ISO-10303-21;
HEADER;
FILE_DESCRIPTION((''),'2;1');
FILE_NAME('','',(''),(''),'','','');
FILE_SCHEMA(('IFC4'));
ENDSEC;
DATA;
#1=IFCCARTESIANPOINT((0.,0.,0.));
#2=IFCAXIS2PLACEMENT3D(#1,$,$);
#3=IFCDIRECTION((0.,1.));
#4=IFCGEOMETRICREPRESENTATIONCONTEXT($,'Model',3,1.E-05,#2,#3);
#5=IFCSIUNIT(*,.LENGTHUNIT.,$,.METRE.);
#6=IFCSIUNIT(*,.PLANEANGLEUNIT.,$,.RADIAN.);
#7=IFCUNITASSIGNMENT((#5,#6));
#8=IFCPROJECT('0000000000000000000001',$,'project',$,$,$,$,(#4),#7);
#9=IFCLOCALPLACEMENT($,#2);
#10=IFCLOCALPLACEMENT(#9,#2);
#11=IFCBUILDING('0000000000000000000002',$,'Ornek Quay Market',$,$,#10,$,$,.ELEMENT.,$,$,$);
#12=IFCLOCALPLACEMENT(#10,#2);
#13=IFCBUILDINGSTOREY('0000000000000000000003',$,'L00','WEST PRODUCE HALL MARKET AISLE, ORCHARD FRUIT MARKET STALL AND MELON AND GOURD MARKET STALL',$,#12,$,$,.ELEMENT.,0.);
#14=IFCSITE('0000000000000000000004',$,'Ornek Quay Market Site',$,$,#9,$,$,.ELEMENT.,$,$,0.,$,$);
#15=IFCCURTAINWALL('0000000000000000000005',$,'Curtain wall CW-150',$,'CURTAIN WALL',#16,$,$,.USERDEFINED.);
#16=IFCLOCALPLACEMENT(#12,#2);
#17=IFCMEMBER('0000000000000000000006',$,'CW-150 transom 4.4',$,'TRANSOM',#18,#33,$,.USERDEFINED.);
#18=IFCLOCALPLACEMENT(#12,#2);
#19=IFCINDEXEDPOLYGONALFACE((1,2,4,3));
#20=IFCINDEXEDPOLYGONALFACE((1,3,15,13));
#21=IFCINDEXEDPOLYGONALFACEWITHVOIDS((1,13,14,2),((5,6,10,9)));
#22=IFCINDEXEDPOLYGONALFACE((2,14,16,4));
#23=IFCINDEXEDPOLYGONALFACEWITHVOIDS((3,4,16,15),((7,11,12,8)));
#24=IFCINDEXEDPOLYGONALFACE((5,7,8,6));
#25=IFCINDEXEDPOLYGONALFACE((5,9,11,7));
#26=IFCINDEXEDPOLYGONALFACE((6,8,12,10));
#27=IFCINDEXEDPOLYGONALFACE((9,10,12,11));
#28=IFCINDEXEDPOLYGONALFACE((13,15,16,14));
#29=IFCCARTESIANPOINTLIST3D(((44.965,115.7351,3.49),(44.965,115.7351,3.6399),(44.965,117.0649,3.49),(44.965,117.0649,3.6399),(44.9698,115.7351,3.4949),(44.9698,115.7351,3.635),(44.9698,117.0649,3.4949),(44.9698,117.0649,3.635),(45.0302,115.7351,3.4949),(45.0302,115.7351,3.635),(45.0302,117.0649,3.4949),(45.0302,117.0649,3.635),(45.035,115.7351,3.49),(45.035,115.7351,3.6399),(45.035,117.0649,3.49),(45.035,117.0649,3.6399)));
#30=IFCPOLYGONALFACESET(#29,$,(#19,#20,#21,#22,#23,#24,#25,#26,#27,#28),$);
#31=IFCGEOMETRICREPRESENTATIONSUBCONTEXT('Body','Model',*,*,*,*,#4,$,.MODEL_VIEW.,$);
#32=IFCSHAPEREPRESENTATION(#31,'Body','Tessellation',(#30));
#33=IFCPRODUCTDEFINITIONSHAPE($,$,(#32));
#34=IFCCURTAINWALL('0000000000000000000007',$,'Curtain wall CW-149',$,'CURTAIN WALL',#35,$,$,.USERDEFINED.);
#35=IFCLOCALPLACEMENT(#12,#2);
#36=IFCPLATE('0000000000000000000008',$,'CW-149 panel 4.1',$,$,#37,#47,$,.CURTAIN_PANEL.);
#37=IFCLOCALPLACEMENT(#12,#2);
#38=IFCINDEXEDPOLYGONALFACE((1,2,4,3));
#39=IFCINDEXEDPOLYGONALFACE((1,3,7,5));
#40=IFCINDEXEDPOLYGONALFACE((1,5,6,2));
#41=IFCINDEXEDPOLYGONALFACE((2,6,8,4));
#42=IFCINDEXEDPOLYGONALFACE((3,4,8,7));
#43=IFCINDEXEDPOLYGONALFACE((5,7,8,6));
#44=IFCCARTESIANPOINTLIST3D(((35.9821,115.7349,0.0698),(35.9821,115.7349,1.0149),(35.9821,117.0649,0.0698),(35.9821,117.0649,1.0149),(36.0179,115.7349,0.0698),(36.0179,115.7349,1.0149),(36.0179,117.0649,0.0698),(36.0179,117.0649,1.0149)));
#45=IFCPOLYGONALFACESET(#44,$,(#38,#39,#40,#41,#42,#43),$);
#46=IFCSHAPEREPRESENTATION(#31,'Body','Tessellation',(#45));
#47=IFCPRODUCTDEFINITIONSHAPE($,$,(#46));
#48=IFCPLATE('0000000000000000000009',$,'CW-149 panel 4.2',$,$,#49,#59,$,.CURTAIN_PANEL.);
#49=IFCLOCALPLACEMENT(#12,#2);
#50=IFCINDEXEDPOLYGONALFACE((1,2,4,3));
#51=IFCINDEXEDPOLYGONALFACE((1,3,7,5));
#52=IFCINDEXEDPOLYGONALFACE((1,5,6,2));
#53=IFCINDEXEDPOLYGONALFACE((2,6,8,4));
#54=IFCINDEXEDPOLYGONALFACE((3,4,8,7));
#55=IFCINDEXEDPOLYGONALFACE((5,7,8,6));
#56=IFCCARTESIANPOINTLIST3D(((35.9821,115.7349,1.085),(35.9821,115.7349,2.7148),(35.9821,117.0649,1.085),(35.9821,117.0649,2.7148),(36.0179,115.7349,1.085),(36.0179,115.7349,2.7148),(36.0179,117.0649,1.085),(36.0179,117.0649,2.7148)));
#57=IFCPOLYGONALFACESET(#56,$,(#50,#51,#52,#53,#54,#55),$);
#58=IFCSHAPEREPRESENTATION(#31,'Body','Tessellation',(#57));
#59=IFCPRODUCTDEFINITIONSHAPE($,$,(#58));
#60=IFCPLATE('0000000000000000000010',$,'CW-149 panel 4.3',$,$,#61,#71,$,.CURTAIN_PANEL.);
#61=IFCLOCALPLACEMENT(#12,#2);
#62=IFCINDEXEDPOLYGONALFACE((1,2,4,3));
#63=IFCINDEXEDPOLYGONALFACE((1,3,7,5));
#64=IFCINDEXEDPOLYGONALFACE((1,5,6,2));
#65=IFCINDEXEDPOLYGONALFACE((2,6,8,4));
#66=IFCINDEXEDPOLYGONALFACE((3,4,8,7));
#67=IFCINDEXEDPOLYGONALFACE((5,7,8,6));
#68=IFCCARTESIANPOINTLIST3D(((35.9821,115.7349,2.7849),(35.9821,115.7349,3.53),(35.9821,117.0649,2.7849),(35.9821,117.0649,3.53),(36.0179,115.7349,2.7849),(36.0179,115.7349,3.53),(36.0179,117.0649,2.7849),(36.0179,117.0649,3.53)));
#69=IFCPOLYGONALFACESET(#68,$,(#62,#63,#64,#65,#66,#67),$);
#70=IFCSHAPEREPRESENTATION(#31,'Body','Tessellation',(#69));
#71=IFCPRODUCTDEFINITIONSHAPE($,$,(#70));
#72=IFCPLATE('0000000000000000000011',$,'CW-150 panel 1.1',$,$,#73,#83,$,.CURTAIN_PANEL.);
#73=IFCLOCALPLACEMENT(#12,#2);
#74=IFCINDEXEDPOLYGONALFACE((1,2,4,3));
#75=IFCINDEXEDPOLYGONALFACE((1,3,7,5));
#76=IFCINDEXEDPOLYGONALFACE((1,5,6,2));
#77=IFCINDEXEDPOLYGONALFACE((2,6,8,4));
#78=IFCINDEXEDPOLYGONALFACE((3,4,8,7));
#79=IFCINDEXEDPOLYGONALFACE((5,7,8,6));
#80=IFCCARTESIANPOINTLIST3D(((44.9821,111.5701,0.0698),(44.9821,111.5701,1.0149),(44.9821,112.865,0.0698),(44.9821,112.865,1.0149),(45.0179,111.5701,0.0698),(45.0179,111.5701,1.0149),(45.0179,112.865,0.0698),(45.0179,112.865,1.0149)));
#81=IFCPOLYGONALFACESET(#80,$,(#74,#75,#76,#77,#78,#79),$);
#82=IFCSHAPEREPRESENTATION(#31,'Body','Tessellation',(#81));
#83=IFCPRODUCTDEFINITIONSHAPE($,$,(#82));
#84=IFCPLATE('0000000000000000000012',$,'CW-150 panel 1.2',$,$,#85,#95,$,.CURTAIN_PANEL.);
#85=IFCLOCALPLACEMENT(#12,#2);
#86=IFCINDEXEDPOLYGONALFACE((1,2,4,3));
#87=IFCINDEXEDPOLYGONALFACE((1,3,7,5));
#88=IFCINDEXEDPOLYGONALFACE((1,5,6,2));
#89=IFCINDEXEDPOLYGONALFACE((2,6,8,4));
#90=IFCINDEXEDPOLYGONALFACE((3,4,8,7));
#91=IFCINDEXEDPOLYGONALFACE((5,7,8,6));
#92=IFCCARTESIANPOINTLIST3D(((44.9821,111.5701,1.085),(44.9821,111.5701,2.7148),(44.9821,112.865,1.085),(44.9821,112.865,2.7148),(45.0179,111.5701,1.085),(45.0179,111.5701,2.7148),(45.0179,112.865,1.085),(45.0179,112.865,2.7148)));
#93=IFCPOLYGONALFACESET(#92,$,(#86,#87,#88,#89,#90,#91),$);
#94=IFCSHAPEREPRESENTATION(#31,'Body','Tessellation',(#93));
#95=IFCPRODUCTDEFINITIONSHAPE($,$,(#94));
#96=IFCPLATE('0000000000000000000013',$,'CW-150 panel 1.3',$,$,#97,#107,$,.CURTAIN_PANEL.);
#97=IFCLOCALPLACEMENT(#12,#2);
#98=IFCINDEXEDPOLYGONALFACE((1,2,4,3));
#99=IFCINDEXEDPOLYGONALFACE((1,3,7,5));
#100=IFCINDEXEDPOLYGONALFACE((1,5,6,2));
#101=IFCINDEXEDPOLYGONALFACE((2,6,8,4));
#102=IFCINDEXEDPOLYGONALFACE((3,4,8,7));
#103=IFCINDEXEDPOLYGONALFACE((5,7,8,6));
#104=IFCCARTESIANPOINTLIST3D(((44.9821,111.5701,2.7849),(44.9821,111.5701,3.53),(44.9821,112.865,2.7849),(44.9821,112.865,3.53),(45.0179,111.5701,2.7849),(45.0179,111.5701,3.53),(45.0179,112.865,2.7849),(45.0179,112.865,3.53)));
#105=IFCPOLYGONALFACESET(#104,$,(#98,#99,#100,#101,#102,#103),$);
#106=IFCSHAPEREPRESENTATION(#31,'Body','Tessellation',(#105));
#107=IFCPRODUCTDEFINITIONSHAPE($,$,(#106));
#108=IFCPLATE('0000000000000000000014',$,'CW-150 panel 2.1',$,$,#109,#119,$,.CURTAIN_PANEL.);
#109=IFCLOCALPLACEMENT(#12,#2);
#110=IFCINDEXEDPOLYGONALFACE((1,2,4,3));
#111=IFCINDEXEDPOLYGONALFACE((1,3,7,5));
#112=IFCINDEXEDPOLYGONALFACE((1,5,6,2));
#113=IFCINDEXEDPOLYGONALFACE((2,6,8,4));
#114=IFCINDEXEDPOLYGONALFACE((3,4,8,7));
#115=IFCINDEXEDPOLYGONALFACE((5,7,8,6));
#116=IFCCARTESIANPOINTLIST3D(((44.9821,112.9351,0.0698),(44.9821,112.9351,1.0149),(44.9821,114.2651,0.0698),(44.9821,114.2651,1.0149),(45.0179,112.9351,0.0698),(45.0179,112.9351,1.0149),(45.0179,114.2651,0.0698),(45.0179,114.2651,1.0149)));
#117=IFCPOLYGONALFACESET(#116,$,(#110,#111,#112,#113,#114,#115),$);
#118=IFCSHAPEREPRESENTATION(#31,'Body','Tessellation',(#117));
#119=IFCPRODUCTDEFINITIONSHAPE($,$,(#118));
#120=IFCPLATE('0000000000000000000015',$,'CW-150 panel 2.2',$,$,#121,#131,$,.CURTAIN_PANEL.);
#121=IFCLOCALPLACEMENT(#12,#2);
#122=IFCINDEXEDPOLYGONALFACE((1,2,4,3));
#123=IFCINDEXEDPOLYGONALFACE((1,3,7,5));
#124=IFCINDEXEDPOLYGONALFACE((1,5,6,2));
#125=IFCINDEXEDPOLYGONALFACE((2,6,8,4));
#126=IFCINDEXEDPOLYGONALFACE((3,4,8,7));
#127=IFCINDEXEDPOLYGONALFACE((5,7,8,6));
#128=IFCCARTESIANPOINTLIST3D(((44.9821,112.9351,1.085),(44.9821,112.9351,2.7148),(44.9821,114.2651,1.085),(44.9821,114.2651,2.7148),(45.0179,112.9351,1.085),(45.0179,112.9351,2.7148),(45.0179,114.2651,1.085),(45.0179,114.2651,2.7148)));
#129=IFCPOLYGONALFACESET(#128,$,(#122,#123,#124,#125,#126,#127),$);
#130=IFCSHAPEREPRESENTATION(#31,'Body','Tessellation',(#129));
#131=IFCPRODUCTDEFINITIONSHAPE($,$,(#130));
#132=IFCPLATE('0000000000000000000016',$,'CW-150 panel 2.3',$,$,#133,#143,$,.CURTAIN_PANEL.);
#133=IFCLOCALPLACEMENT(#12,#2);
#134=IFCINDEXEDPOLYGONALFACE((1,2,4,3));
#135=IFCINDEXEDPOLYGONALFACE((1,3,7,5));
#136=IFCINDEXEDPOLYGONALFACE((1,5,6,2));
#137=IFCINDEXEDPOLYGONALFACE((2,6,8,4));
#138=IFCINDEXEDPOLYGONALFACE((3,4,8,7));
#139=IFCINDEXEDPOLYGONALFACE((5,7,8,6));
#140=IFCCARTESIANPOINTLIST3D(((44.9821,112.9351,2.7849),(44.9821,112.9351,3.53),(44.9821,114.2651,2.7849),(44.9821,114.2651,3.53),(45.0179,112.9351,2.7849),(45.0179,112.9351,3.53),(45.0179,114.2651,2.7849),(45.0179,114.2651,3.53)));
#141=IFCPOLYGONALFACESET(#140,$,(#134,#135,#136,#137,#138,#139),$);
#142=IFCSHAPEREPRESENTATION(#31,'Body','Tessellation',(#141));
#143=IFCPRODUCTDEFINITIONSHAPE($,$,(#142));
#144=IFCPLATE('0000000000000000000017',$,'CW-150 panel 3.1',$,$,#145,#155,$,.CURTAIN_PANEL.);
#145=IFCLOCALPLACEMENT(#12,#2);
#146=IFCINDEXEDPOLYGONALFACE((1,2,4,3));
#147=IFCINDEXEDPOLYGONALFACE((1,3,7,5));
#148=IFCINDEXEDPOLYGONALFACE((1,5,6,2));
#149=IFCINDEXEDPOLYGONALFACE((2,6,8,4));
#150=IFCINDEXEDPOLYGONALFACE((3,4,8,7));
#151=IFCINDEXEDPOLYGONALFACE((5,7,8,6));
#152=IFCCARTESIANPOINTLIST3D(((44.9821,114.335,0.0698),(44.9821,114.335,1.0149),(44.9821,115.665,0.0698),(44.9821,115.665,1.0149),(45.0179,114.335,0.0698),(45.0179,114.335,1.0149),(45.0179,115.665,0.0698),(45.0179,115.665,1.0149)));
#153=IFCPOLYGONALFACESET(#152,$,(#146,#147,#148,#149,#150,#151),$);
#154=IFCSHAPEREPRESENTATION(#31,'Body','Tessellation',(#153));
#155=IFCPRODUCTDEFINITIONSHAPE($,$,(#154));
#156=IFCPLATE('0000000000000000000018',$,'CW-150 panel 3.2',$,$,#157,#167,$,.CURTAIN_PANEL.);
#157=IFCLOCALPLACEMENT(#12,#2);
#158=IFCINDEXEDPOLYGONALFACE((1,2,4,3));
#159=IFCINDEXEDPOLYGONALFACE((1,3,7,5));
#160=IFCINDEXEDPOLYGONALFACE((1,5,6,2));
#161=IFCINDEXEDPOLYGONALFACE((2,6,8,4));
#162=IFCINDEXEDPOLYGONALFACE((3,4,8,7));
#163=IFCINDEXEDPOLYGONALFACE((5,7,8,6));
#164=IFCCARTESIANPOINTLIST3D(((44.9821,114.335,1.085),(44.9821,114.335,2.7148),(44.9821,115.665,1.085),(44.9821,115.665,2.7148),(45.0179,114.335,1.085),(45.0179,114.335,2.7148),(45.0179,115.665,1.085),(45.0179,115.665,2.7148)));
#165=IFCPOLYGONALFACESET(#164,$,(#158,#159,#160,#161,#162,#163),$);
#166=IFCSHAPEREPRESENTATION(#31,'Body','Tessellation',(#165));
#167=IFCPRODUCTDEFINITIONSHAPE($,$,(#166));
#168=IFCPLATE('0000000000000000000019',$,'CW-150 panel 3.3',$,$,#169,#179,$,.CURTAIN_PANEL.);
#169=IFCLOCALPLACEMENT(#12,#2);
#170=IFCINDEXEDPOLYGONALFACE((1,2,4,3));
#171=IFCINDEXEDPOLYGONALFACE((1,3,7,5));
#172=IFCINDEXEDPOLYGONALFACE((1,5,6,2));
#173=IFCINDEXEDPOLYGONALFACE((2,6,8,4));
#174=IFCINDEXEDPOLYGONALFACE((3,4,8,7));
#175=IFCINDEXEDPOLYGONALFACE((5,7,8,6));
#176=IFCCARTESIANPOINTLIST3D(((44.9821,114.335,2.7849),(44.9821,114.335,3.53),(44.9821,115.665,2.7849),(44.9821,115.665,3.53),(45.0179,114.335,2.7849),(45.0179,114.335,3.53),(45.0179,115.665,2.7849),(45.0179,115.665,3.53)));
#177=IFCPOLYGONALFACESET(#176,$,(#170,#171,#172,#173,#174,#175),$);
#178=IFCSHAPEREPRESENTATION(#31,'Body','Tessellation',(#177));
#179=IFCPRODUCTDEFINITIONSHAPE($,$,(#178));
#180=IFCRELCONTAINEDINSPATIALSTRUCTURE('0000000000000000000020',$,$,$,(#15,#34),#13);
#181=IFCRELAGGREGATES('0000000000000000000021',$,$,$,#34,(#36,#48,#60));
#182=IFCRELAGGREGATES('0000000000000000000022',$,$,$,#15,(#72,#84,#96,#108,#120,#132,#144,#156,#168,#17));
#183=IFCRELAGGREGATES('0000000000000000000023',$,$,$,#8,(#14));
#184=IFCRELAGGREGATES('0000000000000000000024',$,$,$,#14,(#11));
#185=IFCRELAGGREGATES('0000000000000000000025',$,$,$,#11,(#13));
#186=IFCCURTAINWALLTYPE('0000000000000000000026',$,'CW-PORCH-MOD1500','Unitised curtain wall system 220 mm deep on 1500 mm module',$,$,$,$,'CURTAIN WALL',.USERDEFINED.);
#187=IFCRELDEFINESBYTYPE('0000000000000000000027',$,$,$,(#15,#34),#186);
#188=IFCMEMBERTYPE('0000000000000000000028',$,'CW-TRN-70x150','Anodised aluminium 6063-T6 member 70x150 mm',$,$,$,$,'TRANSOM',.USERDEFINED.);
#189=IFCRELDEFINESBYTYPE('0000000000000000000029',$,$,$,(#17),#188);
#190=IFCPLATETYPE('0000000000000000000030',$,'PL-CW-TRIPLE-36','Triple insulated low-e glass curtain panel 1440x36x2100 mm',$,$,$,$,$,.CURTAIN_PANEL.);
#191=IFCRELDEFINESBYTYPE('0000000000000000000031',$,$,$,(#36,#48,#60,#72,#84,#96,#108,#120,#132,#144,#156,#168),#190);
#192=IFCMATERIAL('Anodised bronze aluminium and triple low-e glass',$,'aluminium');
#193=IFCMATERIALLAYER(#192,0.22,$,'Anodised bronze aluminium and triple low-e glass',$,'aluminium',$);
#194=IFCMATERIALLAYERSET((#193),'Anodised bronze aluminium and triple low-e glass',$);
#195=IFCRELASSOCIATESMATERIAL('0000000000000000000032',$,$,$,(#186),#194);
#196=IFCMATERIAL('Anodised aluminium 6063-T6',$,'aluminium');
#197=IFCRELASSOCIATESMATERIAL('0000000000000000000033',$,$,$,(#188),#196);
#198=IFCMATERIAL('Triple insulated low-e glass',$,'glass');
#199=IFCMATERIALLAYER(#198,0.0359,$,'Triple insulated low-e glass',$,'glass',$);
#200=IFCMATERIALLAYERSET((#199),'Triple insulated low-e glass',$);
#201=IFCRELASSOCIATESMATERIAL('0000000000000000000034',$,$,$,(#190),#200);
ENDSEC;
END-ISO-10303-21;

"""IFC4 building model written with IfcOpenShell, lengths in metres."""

from ifc_helpers import new_model, si_unit, direction, frame, origin, origin_2d, place, context, subcontext, project, spatial, rectangle, hollow_rectangle, extrude, material, layer, layer_set, material_profile, profile_set, type_object, element, aggregate, save


model = new_model("IFC4")

# Units and contexts
model_context = context("Model", 3, precision=1e-05, world=origin(), true_north=direction((0.0, 1.0)))
body_context = subcontext(model_context, "Body", "Model", "MODEL_VIEW")
ifc_project = project(units=[si_unit("LENGTHUNIT", "METRE"), si_unit("PLANEANGLEUNIT", "RADIAN")], contexts=[model_context])

# Site, building, storey
site_placement = place(None, origin())
site = spatial("IfcSite", under=ifc_project, at=site_placement, Name="Ornek Quay Market Site", CompositionType="ELEMENT", RefElevation=0.0)
building_placement = place(site_placement, origin())
building = spatial("IfcBuilding", under=site, at=building_placement, Name="Ornek Quay Market", CompositionType="ELEMENT")
storey_placement = place(building_placement, origin())
storey = spatial("IfcBuildingStorey", under=building, at=storey_placement, Name="L00", Description="WEST PRODUCE HALL MARKET AISLE, ORCHARD FRUIT MARKET STALL AND MELON AND GOURD MARKET STALL", CompositionType="ELEMENT", Elevation=0.0)

# Curtain wall, member
ifc_material_1 = material(Name="Anodised bronze aluminium and triple low-e glass", Category="aluminium")
ifc_layer_1 = layer(ifc_material_1, 0.22, Name="Anodised bronze aluminium and triple low-e glass", Category="aluminium")
ifc_layer_set_1 = layer_set([ifc_layer_1], Name="Anodised bronze aluminium and triple low-e glass")
curtain_wall_type = type_object("IfcCurtainWallType", Name="CW-PORCH-MOD1500", Description="Unitised curtain wall system 220 mm deep on 1500 mm module", ElementType="CURTAIN WALL", PredefinedType="USERDEFINED", material=ifc_layer_set_1)
curtain_wall_1_placement = place(storey_placement, origin())
curtain_wall_1 = element("IfcCurtainWall", 1, at=curtain_wall_1_placement, inside=storey, type_object=curtain_wall_type, Name="Curtain wall CW-150", ObjectType="CURTAIN WALL", PredefinedType="USERDEFINED")
ifc_material_2 = material(Name="Anodised aluminium 6063-T6", Category="aluminium")
ifc_material_profile_1 = material_profile(ifc_material_2, hollow_rectangle(XDim=0.0701, YDim=0.1499, WallThickness=0.0049, at=origin_2d()), Name="CW-TRN-70x150", Category="aluminium")
ifc_profile_set_1 = profile_set([ifc_material_profile_1], Name="Anodised aluminium 6063-T6")
member_type_1 = type_object("IfcMemberType", Name="CW-TRN-70x150", Description="Anodised aluminium 6063-T6 member 70x150 mm", ElementType="TRANSOM", PredefinedType="USERDEFINED", material=ifc_profile_set_1)
member_1_placement = place(storey_placement, frame((45.0, 115.7351, 3.5649), z_axis=(0.0, 1.0, 0.0), x_axis=(-1.0, 0.0, 0.0)))
member_1 = element("IfcMember", 2, at=member_1_placement, type_object=member_type_1, Name="CW-150 transom 4.4", ObjectType="TRANSOM", PredefinedType="USERDEFINED", context=body_context, shape_type="SweptSolid", body=[
    extrude(hollow_rectangle(XDim=0.0701, YDim=0.1499, WallThickness=0.0049, at=origin_2d()), origin(), (0.0, 0.0, 1.0), 1.3298),
])

# Curtain wall, plates
curtain_wall_2_placement = place(storey_placement, origin())
curtain_wall_2 = element("IfcCurtainWall", 3, at=curtain_wall_2_placement, inside=storey, type_object=curtain_wall_type, Name="Curtain wall CW-149", ObjectType="CURTAIN WALL", PredefinedType="USERDEFINED")
ifc_material_3 = material(Name="Triple insulated low-e glass", Category="glass")
ifc_layer_2 = layer(ifc_material_3, 0.0359, Name="Triple insulated low-e glass", Category="glass")
ifc_layer_set_2 = layer_set([ifc_layer_2], Name="Triple insulated low-e glass")
plate_type = type_object("IfcPlateType", Name="PL-CW-TRIPLE-36", Description="Triple insulated low-e glass curtain panel 1440x36x2100 mm", PredefinedType="CURTAIN_PANEL", material=ifc_layer_set_2)
plate_1_placement = place(storey_placement, frame((36.0, 116.3999, 0.0698), z_axis=(0.0, 0.0, 1.0), x_axis=(0.0, 1.0, 0.0)))
plate_1 = element("IfcPlate", 4, at=plate_1_placement, type_object=plate_type, Name="CW-149 panel 4.1", PredefinedType="CURTAIN_PANEL", context=body_context, shape_type="SweptSolid", body=[
    extrude(rectangle(XDim=1.3301, YDim=0.0359, at=origin_2d()), origin(), (0.0, 0.0, 1.0), 0.9451),
])
plate_2_placement = place(storey_placement, frame((36.0, 116.3999, 1.085), z_axis=(0.0, 0.0, 1.0), x_axis=(0.0, 1.0, 0.0)))
plate_2 = element("IfcPlate", 5, at=plate_2_placement, type_object=plate_type, Name="CW-149 panel 4.2", PredefinedType="CURTAIN_PANEL", context=body_context, shape_type="SweptSolid", body=[
    extrude(rectangle(XDim=1.3301, YDim=0.0359, at=origin_2d()), origin(), (0.0, 0.0, 1.0), 1.6299),
])
plate_3_placement = place(storey_placement, frame((36.0, 116.3999, 2.7849), z_axis=(0.0, 0.0, 1.0), x_axis=(0.0, 1.0, 0.0)))
plate_3 = element("IfcPlate", 6, at=plate_3_placement, type_object=plate_type, Name="CW-149 panel 4.3", PredefinedType="CURTAIN_PANEL", context=body_context, shape_type="SweptSolid", body=[
    extrude(rectangle(XDim=1.3301, YDim=0.0359, at=origin_2d()), origin(), (0.0, 0.0, 1.0), 0.7451),
])
aggregate(curtain_wall_2, [plate_1, plate_2, plate_3])

# Plates
plate_4_placement = place(storey_placement, frame((45.0, 112.2175, 0.0698), z_axis=(0.0, 0.0, 1.0), x_axis=(0.0, 1.0, 0.0)))
plate_4 = element("IfcPlate", 7, at=plate_4_placement, type_object=plate_type, Name="CW-150 panel 1.1", PredefinedType="CURTAIN_PANEL", context=body_context, shape_type="SweptSolid", body=[
    extrude(rectangle(XDim=1.2949, YDim=0.0359, at=origin_2d()), origin(), (0.0, 0.0, 1.0), 0.9451),
])
plate_5_placement = place(storey_placement, frame((45.0, 112.2175, 1.085), z_axis=(0.0, 0.0, 1.0), x_axis=(0.0, 1.0, 0.0)))
plate_5 = element("IfcPlate", 8, at=plate_5_placement, type_object=plate_type, Name="CW-150 panel 1.2", PredefinedType="CURTAIN_PANEL", context=body_context, shape_type="SweptSolid", body=[
    extrude(rectangle(XDim=1.2949, YDim=0.0359, at=origin_2d()), origin(), (0.0, 0.0, 1.0), 1.6299),
])
plate_6_placement = place(storey_placement, frame((45.0, 112.2175, 2.7849), z_axis=(0.0, 0.0, 1.0), x_axis=(0.0, 1.0, 0.0)))
plate_6 = element("IfcPlate", 9, at=plate_6_placement, type_object=plate_type, Name="CW-150 panel 1.3", PredefinedType="CURTAIN_PANEL", context=body_context, shape_type="SweptSolid", body=[
    extrude(rectangle(XDim=1.2949, YDim=0.0359, at=origin_2d()), origin(), (0.0, 0.0, 1.0), 0.7451),
])
plate_7_placement = place(storey_placement, frame((45.0, 113.6001, 0.0698), z_axis=(0.0, 0.0, 1.0), x_axis=(0.0, 1.0, 0.0)))
plate_7 = element("IfcPlate", 10, at=plate_7_placement, type_object=plate_type, Name="CW-150 panel 2.1", PredefinedType="CURTAIN_PANEL", context=body_context, shape_type="SweptSolid", body=[
    extrude(rectangle(XDim=1.3301, YDim=0.0359, at=origin_2d()), origin(), (0.0, 0.0, 1.0), 0.9451),
])
plate_8_placement = place(storey_placement, frame((45.0, 113.6001, 1.085), z_axis=(0.0, 0.0, 1.0), x_axis=(0.0, 1.0, 0.0)))
plate_8 = element("IfcPlate", 11, at=plate_8_placement, type_object=plate_type, Name="CW-150 panel 2.2", PredefinedType="CURTAIN_PANEL", context=body_context, shape_type="SweptSolid", body=[
    extrude(rectangle(XDim=1.3301, YDim=0.0359, at=origin_2d()), origin(), (0.0, 0.0, 1.0), 1.6299),
])
plate_9_placement = place(storey_placement, frame((45.0, 113.6001, 2.7849), z_axis=(0.0, 0.0, 1.0), x_axis=(0.0, 1.0, 0.0)))
plate_9 = element("IfcPlate", 12, at=plate_9_placement, type_object=plate_type, Name="CW-150 panel 2.3", PredefinedType="CURTAIN_PANEL", context=body_context, shape_type="SweptSolid", body=[
    extrude(rectangle(XDim=1.3301, YDim=0.0359, at=origin_2d()), origin(), (0.0, 0.0, 1.0), 0.7451),
])
plate_10_placement = place(storey_placement, frame((45.0, 115.0, 0.0698), z_axis=(0.0, 0.0, 1.0), x_axis=(0.0, 1.0, 0.0)))
plate_10 = element("IfcPlate", 13, at=plate_10_placement, type_object=plate_type, Name="CW-150 panel 3.1", PredefinedType="CURTAIN_PANEL", context=body_context, shape_type="SweptSolid", body=[
    extrude(rectangle(XDim=1.3301, YDim=0.0359, at=origin_2d()), origin(), (0.0, 0.0, 1.0), 0.9451),
])
plate_11_placement = place(storey_placement, frame((45.0, 115.0, 1.085), z_axis=(0.0, 0.0, 1.0), x_axis=(0.0, 1.0, 0.0)))
plate_11 = element("IfcPlate", 14, at=plate_11_placement, type_object=plate_type, Name="CW-150 panel 3.2", PredefinedType="CURTAIN_PANEL", context=body_context, shape_type="SweptSolid", body=[
    extrude(rectangle(XDim=1.3301, YDim=0.0359, at=origin_2d()), origin(), (0.0, 0.0, 1.0), 1.6299),
])
plate_12_placement = place(storey_placement, frame((45.0, 115.0, 2.7849), z_axis=(0.0, 0.0, 1.0), x_axis=(0.0, 1.0, 0.0)))
plate_12 = element("IfcPlate", 15, at=plate_12_placement, type_object=plate_type, Name="CW-150 panel 3.3", PredefinedType="CURTAIN_PANEL", context=body_context, shape_type="SweptSolid", body=[
    extrude(rectangle(XDim=1.3301, YDim=0.0359, at=origin_2d()), origin(), (0.0, 0.0, 1.0), 0.7451),
])
aggregate(curtain_wall_1, [plate_4, plate_5, plate_6, plate_7, plate_8, plate_9, plate_10, plate_11, plate_12, member_1])

save(model, "model.ifc")
